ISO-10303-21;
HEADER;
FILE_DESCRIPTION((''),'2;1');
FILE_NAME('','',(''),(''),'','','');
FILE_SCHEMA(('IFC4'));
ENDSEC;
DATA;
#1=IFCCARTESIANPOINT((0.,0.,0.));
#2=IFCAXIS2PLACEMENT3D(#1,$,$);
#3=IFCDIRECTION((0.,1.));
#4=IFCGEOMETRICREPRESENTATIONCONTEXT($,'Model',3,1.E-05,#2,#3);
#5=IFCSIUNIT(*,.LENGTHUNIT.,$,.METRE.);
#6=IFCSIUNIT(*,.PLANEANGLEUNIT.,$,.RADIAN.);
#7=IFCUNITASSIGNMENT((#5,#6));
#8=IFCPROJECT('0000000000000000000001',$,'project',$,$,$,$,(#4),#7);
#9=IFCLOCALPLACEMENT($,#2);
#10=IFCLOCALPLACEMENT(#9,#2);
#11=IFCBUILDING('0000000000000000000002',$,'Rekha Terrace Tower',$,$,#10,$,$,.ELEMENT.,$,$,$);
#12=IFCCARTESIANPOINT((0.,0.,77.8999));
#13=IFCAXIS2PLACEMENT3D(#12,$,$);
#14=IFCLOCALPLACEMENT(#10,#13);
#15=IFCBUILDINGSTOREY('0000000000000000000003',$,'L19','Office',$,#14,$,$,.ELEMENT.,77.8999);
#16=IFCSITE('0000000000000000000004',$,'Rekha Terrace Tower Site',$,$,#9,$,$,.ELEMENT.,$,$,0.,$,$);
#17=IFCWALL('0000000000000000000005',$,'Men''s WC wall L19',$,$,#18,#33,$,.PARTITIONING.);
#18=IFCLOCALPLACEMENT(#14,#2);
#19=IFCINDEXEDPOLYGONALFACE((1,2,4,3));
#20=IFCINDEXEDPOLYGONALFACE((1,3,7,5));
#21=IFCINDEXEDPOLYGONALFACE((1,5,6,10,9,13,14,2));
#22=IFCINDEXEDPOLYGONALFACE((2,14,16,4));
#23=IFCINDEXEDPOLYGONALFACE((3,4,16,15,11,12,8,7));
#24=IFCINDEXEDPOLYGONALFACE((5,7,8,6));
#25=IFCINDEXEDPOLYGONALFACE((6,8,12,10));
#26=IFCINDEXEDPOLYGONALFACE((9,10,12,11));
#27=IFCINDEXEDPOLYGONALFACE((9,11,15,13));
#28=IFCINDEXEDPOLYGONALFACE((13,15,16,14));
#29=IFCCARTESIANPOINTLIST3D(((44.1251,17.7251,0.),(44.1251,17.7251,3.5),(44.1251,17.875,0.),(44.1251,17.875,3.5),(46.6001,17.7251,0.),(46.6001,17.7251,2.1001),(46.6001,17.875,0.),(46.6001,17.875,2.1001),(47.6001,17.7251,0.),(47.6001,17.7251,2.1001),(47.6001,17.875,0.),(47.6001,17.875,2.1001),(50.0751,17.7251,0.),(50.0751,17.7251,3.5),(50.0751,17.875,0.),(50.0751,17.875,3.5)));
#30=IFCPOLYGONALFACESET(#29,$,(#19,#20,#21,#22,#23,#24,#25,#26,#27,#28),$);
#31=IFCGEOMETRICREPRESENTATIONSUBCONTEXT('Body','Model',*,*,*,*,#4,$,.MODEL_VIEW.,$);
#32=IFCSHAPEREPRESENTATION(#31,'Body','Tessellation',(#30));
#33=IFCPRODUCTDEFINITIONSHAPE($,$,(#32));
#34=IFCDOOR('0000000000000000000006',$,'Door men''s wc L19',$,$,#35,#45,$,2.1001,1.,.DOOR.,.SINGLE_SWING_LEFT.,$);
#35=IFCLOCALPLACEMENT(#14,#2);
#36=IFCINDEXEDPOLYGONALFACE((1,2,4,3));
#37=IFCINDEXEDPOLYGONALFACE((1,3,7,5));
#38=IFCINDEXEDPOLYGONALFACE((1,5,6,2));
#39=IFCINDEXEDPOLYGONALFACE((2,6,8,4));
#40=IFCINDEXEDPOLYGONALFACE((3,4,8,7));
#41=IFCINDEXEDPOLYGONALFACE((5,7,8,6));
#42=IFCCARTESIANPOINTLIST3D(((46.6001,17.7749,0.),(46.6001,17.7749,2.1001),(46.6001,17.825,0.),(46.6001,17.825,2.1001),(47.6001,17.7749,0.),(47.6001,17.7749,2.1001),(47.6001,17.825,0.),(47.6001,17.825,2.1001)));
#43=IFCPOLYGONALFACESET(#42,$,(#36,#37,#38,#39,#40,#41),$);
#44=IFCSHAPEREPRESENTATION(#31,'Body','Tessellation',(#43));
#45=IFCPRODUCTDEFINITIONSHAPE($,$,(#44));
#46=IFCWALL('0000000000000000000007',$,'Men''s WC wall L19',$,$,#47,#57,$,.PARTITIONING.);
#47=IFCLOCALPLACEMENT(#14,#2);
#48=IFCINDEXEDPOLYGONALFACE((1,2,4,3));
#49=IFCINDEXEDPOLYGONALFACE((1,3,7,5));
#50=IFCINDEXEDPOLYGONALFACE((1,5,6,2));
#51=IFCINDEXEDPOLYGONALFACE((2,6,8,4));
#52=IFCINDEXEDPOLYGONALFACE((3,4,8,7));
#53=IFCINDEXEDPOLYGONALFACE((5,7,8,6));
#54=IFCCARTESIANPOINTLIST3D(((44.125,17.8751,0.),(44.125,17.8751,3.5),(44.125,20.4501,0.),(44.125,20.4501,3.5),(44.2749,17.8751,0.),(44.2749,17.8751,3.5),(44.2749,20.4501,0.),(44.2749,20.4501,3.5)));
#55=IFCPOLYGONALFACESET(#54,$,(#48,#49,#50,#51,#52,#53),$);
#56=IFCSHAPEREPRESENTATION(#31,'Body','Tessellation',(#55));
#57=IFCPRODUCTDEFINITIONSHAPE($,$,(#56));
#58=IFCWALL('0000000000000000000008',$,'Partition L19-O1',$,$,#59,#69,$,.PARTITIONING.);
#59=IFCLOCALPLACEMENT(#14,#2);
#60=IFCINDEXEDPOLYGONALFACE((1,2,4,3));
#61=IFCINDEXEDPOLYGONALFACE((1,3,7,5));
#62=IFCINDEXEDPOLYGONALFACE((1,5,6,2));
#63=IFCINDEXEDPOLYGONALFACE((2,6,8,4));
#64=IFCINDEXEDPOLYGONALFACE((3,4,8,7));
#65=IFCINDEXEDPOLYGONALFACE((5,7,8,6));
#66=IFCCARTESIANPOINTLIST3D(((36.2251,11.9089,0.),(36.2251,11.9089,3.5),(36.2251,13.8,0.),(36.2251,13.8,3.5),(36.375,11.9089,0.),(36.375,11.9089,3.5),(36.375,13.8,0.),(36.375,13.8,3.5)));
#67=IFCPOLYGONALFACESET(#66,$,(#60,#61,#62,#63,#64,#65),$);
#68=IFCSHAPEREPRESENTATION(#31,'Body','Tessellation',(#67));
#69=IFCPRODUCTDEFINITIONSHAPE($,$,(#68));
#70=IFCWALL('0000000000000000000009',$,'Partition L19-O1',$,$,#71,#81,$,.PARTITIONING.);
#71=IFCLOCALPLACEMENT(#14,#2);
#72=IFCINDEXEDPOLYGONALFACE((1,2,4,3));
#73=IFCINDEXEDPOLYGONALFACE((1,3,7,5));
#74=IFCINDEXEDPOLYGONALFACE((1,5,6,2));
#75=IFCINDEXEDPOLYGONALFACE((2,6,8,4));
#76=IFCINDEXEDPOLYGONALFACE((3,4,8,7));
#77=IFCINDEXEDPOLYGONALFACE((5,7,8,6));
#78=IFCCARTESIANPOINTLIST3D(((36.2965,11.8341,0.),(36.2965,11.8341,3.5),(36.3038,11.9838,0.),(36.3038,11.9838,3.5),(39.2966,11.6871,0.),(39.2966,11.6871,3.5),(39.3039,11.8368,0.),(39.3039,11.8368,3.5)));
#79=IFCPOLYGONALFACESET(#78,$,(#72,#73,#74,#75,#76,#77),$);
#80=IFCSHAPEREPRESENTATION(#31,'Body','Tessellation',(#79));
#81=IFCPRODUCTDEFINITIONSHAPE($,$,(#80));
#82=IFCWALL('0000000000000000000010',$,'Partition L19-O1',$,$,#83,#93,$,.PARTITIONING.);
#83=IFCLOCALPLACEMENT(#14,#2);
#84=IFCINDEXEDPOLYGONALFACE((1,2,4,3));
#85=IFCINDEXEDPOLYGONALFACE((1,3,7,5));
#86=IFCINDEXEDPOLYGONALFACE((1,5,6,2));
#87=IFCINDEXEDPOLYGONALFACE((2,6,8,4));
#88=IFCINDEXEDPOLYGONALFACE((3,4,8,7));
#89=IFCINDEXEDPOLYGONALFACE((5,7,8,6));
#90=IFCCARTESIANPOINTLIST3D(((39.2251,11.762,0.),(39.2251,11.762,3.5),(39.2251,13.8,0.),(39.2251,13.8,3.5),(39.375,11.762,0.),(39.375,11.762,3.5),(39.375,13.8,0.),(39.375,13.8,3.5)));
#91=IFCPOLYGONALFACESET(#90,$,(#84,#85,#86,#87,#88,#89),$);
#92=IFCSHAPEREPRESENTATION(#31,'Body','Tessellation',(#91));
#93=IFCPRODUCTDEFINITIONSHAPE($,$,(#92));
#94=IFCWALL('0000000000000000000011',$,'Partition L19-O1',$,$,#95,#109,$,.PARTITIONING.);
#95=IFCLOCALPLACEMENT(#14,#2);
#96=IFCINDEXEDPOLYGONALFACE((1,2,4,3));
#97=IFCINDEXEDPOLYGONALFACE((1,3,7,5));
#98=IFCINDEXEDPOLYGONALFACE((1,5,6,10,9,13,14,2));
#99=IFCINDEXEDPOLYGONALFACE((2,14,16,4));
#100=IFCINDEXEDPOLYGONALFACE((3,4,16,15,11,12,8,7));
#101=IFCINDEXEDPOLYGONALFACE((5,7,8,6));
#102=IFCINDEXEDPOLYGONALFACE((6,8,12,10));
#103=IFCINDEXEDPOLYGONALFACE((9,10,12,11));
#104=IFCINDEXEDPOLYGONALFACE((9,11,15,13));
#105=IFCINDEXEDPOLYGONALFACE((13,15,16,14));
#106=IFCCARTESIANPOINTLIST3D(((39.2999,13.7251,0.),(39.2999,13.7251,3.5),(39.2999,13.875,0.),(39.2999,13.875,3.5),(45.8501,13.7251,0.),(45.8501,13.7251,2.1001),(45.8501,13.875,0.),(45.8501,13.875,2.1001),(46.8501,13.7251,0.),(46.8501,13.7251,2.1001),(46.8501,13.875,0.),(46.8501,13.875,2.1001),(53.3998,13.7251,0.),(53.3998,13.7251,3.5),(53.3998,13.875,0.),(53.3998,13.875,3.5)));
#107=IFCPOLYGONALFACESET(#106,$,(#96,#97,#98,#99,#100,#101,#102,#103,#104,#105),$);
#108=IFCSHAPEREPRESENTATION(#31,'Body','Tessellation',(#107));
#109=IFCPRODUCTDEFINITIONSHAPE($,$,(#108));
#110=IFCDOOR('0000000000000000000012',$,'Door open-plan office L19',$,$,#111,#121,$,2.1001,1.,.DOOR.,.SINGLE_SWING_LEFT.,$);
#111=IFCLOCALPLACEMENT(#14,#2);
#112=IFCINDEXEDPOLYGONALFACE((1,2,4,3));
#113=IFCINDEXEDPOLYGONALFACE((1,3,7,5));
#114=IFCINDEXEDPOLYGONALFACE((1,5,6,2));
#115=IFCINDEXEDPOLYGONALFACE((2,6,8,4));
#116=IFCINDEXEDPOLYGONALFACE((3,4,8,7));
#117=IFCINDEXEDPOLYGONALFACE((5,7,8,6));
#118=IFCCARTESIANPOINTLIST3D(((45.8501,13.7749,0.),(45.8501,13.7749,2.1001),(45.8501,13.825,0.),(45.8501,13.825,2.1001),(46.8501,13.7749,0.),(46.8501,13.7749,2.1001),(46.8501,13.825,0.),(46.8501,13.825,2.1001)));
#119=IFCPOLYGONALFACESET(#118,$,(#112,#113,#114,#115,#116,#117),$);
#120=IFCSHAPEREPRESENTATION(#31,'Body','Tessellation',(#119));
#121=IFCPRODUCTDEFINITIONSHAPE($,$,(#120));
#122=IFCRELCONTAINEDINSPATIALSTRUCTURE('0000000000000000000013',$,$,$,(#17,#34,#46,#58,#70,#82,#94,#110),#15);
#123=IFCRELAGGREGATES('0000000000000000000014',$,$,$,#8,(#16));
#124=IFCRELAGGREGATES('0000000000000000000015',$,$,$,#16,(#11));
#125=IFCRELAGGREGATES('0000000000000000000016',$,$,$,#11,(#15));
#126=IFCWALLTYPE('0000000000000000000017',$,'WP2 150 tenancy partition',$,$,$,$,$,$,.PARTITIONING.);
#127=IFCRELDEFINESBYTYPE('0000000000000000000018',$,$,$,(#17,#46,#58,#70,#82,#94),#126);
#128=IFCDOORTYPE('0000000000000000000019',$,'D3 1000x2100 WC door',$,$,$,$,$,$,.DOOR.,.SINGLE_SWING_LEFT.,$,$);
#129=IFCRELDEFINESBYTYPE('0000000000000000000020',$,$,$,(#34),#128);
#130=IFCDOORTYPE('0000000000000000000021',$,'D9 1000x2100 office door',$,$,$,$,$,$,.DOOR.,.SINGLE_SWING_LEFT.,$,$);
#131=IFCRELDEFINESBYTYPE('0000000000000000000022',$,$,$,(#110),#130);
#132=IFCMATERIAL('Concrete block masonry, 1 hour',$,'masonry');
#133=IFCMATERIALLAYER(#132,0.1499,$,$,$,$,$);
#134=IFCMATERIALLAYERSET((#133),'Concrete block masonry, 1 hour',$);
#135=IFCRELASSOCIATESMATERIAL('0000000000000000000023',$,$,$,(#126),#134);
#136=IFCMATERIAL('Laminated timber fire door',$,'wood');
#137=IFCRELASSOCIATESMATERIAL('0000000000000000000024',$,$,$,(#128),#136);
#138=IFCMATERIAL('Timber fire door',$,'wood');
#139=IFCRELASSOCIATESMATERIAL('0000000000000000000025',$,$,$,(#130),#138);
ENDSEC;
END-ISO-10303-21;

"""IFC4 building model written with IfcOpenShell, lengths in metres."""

from ifc_helpers import new_model, si_unit, direction, frame, frame_2d, origin, place, context, subcontext, project, spatial, rectangle, extrude, material, layer, layer_set, type_object, element, fill, save


model = new_model("IFC4")

# Units and contexts
model_context = context("Model", 3, precision=1e-05, world=origin(), true_north=direction((0.0, 1.0)))
body_context = subcontext(model_context, "Body", "Model", "MODEL_VIEW")
ifc_project = project(units=[si_unit("LENGTHUNIT", "METRE"), si_unit("PLANEANGLEUNIT", "RADIAN")], contexts=[model_context])

# Site, building, storey
site_placement = place(None, origin())
site = spatial("IfcSite", under=ifc_project, at=site_placement, Name="Rekha Terrace Tower Site", CompositionType="ELEMENT", RefElevation=0.0)
building_placement = place(site_placement, origin())
building = spatial("IfcBuilding", under=site, at=building_placement, Name="Rekha Terrace Tower", CompositionType="ELEMENT")
storey_placement = place(building_placement, frame((0.0, 0.0, 77.8999)))
storey = spatial("IfcBuildingStorey", under=building, at=storey_placement, Name="L19", Description="Office", CompositionType="ELEMENT", Elevation=77.8999)

# Shared definitions
ifc_material_1 = material(Name="Concrete block masonry, 1 hour", Category="masonry")
ifc_layer_1 = layer(ifc_material_1, 0.1499)
ifc_layer_set_1 = layer_set([ifc_layer_1], Name="Concrete block masonry, 1 hour")
wall_type = type_object("IfcWallType", Name="WP2 150 tenancy partition", PredefinedType="PARTITIONING", material=ifc_layer_set_1)

# Wall, opening, door
wall_1_placement = place(storey_placement, frame((44.125, 17.8, 0.0), z_axis=(0.0, 0.0, 1.0), x_axis=(1.0, 0.0, 0.0)))
wall_1 = element("IfcWall", 1, at=wall_1_placement, inside=storey, type_object=wall_type, Name="Men's WC wall L19", PredefinedType="PARTITIONING", context=body_context, shape_type="SweptSolid", body=[
    extrude(rectangle(XDim=5.95, YDim=0.1499, at=frame_2d((2.9751, 0.0))), origin(), (0.0, 0.0, 1.0), 3.5),
])
opening_1_placement = place(wall_1_placement, frame((2.4751, 0.0, 0.0)))
opening_1 = element("IfcOpeningElement", 2, at=opening_1_placement, cuts=wall_1, PredefinedType="OPENING", context=body_context, shape_type="SweptSolid", body=[
    extrude(rectangle(XDim=1.0, YDim=2.1001, at=frame_2d((0.5, 1.05))), frame((0.0, 0.085, 0.0), z_axis=(0.0, -1.0, 0.0), x_axis=(1.0, 0.0, 0.0)), (0.0, 0.0, 1.0), 0.1699),
])
ifc_material_2 = material(Name="Laminated timber fire door", Category="wood")
door_type_1 = type_object("IfcDoorType", Name="D3 1000x2100 WC door", OperationType="SINGLE_SWING_LEFT", PredefinedType="DOOR", material=ifc_material_2)
door_1_placement = place(opening_1_placement, origin())
door_1 = element("IfcDoor", 3, at=door_1_placement, inside=storey, type_object=door_type_1, Name="Door men's wc L19", OperationType="SINGLE_SWING_LEFT", OverallHeight=2.1001, OverallWidth=1.0, PredefinedType="DOOR", context=body_context, shape_type="SweptSolid", body=[
    extrude(rectangle(XDim=1.0, YDim=2.1001, at=frame_2d((0.5, 1.05))), frame((0.0, 0.0249, 0.0), z_axis=(0.0, -1.0, 0.0), x_axis=(1.0, 0.0, 0.0)), (0.0, 0.0, 1.0), 0.05),
])
fill(opening_1, door_1)

# Walls
wall_2_placement = place(storey_placement, frame((44.2, 17.875, 0.0), z_axis=(0.0, 0.0, 1.0), x_axis=(0.0, 1.0, 0.0)))
element("IfcWall", 4, at=wall_2_placement, inside=storey, type_object=wall_type, Name="Men's WC wall L19", PredefinedType="PARTITIONING", context=body_context, shape_type="SweptSolid", body=[
    extrude(rectangle(XDim=2.575, YDim=0.1499, at=frame_2d((1.2876, 0.0))), origin(), (0.0, 0.0, 1.0), 3.5),
])
wall_3_placement = place(storey_placement, frame((36.3, 13.8, 0.0), z_axis=(0.0, 0.0, 1.0), x_axis=(0.0, -1.0, 0.0)))
element("IfcWall", 5, at=wall_3_placement, inside=storey, type_object=wall_type, Name="Partition L19-O1", PredefinedType="PARTITIONING", context=body_context, shape_type="SweptSolid", body=[
    extrude(rectangle(XDim=1.8911, YDim=0.1499, at=frame_2d((0.9456, 0.0))), origin(), (0.0, 0.0, 1.0), 3.5),
])
wall_4_placement = place(storey_placement, frame((36.3, 11.9089, 0.0), z_axis=(0.0, 0.0, 1.0), x_axis=(0.998802, -0.048932, 0.0)))
element("IfcWall", 6, at=wall_4_placement, inside=storey, type_object=wall_type, Name="Partition L19-O1", PredefinedType="PARTITIONING", context=body_context, shape_type="SweptSolid", body=[
    extrude(rectangle(XDim=3.0037, YDim=0.1499, at=frame_2d((1.502, 0.0))), origin(), (0.0, 0.0, 1.0), 3.5),
])
wall_5_placement = place(storey_placement, frame((39.3, 11.762, 0.0), z_axis=(0.0, 0.0, 1.0), x_axis=(0.0, 1.0, 0.0)))
element("IfcWall", 7, at=wall_5_placement, inside=storey, type_object=wall_type, Name="Partition L19-O1", PredefinedType="PARTITIONING", context=body_context, shape_type="SweptSolid", body=[
    extrude(rectangle(XDim=2.0381, YDim=0.1499, at=frame_2d((1.019, 0.0))), origin(), (0.0, 0.0, 1.0), 3.5),
])

# Wall, opening, door
wall_6_placement = place(storey_placement, frame((39.3, 13.8, 0.0), z_axis=(0.0, 0.0, 1.0), x_axis=(1.0, 0.0, 0.0)))
wall_6 = element("IfcWall", 8, at=wall_6_placement, inside=storey, type_object=wall_type, Name="Partition L19-O1", PredefinedType="PARTITIONING", context=body_context, shape_type="SweptSolid", body=[
    extrude(rectangle(XDim=14.0999, YDim=0.1499, at=frame_2d((7.0498, 0.0))), origin(), (0.0, 0.0, 1.0), 3.5),
])
opening_2_placement = place(wall_6_placement, frame((6.55, 0.0, 0.0)))
opening_2 = element("IfcOpeningElement", 9, at=opening_2_placement, cuts=wall_6, PredefinedType="OPENING", context=body_context, shape_type="SweptSolid", body=[
    extrude(rectangle(XDim=1.0, YDim=2.1001, at=frame_2d((0.5, 1.05))), frame((0.0, 0.085, 0.0), z_axis=(0.0, -1.0, 0.0), x_axis=(1.0, 0.0, 0.0)), (0.0, 0.0, 1.0), 0.1699),
])
ifc_material_3 = material(Name="Timber fire door", Category="wood")
door_type_2 = type_object("IfcDoorType", Name="D9 1000x2100 office door", OperationType="SINGLE_SWING_LEFT", PredefinedType="DOOR", material=ifc_material_3)
door_2_placement = place(opening_2_placement, origin())
door_2 = element("IfcDoor", 10, at=door_2_placement, inside=storey, type_object=door_type_2, Name="Door open-plan office L19", OperationType="SINGLE_SWING_LEFT", OverallHeight=2.1001, OverallWidth=1.0, PredefinedType="DOOR", context=body_context, shape_type="SweptSolid", body=[
    extrude(rectangle(XDim=1.0, YDim=2.1001, at=frame_2d((0.5, 1.05))), frame((0.0, 0.0249, 0.0), z_axis=(0.0, -1.0, 0.0), x_axis=(1.0, 0.0, 0.0)), (0.0, 0.0, 1.0), 0.05),
])
fill(opening_2, door_2)

save(model, "model.ifc")
